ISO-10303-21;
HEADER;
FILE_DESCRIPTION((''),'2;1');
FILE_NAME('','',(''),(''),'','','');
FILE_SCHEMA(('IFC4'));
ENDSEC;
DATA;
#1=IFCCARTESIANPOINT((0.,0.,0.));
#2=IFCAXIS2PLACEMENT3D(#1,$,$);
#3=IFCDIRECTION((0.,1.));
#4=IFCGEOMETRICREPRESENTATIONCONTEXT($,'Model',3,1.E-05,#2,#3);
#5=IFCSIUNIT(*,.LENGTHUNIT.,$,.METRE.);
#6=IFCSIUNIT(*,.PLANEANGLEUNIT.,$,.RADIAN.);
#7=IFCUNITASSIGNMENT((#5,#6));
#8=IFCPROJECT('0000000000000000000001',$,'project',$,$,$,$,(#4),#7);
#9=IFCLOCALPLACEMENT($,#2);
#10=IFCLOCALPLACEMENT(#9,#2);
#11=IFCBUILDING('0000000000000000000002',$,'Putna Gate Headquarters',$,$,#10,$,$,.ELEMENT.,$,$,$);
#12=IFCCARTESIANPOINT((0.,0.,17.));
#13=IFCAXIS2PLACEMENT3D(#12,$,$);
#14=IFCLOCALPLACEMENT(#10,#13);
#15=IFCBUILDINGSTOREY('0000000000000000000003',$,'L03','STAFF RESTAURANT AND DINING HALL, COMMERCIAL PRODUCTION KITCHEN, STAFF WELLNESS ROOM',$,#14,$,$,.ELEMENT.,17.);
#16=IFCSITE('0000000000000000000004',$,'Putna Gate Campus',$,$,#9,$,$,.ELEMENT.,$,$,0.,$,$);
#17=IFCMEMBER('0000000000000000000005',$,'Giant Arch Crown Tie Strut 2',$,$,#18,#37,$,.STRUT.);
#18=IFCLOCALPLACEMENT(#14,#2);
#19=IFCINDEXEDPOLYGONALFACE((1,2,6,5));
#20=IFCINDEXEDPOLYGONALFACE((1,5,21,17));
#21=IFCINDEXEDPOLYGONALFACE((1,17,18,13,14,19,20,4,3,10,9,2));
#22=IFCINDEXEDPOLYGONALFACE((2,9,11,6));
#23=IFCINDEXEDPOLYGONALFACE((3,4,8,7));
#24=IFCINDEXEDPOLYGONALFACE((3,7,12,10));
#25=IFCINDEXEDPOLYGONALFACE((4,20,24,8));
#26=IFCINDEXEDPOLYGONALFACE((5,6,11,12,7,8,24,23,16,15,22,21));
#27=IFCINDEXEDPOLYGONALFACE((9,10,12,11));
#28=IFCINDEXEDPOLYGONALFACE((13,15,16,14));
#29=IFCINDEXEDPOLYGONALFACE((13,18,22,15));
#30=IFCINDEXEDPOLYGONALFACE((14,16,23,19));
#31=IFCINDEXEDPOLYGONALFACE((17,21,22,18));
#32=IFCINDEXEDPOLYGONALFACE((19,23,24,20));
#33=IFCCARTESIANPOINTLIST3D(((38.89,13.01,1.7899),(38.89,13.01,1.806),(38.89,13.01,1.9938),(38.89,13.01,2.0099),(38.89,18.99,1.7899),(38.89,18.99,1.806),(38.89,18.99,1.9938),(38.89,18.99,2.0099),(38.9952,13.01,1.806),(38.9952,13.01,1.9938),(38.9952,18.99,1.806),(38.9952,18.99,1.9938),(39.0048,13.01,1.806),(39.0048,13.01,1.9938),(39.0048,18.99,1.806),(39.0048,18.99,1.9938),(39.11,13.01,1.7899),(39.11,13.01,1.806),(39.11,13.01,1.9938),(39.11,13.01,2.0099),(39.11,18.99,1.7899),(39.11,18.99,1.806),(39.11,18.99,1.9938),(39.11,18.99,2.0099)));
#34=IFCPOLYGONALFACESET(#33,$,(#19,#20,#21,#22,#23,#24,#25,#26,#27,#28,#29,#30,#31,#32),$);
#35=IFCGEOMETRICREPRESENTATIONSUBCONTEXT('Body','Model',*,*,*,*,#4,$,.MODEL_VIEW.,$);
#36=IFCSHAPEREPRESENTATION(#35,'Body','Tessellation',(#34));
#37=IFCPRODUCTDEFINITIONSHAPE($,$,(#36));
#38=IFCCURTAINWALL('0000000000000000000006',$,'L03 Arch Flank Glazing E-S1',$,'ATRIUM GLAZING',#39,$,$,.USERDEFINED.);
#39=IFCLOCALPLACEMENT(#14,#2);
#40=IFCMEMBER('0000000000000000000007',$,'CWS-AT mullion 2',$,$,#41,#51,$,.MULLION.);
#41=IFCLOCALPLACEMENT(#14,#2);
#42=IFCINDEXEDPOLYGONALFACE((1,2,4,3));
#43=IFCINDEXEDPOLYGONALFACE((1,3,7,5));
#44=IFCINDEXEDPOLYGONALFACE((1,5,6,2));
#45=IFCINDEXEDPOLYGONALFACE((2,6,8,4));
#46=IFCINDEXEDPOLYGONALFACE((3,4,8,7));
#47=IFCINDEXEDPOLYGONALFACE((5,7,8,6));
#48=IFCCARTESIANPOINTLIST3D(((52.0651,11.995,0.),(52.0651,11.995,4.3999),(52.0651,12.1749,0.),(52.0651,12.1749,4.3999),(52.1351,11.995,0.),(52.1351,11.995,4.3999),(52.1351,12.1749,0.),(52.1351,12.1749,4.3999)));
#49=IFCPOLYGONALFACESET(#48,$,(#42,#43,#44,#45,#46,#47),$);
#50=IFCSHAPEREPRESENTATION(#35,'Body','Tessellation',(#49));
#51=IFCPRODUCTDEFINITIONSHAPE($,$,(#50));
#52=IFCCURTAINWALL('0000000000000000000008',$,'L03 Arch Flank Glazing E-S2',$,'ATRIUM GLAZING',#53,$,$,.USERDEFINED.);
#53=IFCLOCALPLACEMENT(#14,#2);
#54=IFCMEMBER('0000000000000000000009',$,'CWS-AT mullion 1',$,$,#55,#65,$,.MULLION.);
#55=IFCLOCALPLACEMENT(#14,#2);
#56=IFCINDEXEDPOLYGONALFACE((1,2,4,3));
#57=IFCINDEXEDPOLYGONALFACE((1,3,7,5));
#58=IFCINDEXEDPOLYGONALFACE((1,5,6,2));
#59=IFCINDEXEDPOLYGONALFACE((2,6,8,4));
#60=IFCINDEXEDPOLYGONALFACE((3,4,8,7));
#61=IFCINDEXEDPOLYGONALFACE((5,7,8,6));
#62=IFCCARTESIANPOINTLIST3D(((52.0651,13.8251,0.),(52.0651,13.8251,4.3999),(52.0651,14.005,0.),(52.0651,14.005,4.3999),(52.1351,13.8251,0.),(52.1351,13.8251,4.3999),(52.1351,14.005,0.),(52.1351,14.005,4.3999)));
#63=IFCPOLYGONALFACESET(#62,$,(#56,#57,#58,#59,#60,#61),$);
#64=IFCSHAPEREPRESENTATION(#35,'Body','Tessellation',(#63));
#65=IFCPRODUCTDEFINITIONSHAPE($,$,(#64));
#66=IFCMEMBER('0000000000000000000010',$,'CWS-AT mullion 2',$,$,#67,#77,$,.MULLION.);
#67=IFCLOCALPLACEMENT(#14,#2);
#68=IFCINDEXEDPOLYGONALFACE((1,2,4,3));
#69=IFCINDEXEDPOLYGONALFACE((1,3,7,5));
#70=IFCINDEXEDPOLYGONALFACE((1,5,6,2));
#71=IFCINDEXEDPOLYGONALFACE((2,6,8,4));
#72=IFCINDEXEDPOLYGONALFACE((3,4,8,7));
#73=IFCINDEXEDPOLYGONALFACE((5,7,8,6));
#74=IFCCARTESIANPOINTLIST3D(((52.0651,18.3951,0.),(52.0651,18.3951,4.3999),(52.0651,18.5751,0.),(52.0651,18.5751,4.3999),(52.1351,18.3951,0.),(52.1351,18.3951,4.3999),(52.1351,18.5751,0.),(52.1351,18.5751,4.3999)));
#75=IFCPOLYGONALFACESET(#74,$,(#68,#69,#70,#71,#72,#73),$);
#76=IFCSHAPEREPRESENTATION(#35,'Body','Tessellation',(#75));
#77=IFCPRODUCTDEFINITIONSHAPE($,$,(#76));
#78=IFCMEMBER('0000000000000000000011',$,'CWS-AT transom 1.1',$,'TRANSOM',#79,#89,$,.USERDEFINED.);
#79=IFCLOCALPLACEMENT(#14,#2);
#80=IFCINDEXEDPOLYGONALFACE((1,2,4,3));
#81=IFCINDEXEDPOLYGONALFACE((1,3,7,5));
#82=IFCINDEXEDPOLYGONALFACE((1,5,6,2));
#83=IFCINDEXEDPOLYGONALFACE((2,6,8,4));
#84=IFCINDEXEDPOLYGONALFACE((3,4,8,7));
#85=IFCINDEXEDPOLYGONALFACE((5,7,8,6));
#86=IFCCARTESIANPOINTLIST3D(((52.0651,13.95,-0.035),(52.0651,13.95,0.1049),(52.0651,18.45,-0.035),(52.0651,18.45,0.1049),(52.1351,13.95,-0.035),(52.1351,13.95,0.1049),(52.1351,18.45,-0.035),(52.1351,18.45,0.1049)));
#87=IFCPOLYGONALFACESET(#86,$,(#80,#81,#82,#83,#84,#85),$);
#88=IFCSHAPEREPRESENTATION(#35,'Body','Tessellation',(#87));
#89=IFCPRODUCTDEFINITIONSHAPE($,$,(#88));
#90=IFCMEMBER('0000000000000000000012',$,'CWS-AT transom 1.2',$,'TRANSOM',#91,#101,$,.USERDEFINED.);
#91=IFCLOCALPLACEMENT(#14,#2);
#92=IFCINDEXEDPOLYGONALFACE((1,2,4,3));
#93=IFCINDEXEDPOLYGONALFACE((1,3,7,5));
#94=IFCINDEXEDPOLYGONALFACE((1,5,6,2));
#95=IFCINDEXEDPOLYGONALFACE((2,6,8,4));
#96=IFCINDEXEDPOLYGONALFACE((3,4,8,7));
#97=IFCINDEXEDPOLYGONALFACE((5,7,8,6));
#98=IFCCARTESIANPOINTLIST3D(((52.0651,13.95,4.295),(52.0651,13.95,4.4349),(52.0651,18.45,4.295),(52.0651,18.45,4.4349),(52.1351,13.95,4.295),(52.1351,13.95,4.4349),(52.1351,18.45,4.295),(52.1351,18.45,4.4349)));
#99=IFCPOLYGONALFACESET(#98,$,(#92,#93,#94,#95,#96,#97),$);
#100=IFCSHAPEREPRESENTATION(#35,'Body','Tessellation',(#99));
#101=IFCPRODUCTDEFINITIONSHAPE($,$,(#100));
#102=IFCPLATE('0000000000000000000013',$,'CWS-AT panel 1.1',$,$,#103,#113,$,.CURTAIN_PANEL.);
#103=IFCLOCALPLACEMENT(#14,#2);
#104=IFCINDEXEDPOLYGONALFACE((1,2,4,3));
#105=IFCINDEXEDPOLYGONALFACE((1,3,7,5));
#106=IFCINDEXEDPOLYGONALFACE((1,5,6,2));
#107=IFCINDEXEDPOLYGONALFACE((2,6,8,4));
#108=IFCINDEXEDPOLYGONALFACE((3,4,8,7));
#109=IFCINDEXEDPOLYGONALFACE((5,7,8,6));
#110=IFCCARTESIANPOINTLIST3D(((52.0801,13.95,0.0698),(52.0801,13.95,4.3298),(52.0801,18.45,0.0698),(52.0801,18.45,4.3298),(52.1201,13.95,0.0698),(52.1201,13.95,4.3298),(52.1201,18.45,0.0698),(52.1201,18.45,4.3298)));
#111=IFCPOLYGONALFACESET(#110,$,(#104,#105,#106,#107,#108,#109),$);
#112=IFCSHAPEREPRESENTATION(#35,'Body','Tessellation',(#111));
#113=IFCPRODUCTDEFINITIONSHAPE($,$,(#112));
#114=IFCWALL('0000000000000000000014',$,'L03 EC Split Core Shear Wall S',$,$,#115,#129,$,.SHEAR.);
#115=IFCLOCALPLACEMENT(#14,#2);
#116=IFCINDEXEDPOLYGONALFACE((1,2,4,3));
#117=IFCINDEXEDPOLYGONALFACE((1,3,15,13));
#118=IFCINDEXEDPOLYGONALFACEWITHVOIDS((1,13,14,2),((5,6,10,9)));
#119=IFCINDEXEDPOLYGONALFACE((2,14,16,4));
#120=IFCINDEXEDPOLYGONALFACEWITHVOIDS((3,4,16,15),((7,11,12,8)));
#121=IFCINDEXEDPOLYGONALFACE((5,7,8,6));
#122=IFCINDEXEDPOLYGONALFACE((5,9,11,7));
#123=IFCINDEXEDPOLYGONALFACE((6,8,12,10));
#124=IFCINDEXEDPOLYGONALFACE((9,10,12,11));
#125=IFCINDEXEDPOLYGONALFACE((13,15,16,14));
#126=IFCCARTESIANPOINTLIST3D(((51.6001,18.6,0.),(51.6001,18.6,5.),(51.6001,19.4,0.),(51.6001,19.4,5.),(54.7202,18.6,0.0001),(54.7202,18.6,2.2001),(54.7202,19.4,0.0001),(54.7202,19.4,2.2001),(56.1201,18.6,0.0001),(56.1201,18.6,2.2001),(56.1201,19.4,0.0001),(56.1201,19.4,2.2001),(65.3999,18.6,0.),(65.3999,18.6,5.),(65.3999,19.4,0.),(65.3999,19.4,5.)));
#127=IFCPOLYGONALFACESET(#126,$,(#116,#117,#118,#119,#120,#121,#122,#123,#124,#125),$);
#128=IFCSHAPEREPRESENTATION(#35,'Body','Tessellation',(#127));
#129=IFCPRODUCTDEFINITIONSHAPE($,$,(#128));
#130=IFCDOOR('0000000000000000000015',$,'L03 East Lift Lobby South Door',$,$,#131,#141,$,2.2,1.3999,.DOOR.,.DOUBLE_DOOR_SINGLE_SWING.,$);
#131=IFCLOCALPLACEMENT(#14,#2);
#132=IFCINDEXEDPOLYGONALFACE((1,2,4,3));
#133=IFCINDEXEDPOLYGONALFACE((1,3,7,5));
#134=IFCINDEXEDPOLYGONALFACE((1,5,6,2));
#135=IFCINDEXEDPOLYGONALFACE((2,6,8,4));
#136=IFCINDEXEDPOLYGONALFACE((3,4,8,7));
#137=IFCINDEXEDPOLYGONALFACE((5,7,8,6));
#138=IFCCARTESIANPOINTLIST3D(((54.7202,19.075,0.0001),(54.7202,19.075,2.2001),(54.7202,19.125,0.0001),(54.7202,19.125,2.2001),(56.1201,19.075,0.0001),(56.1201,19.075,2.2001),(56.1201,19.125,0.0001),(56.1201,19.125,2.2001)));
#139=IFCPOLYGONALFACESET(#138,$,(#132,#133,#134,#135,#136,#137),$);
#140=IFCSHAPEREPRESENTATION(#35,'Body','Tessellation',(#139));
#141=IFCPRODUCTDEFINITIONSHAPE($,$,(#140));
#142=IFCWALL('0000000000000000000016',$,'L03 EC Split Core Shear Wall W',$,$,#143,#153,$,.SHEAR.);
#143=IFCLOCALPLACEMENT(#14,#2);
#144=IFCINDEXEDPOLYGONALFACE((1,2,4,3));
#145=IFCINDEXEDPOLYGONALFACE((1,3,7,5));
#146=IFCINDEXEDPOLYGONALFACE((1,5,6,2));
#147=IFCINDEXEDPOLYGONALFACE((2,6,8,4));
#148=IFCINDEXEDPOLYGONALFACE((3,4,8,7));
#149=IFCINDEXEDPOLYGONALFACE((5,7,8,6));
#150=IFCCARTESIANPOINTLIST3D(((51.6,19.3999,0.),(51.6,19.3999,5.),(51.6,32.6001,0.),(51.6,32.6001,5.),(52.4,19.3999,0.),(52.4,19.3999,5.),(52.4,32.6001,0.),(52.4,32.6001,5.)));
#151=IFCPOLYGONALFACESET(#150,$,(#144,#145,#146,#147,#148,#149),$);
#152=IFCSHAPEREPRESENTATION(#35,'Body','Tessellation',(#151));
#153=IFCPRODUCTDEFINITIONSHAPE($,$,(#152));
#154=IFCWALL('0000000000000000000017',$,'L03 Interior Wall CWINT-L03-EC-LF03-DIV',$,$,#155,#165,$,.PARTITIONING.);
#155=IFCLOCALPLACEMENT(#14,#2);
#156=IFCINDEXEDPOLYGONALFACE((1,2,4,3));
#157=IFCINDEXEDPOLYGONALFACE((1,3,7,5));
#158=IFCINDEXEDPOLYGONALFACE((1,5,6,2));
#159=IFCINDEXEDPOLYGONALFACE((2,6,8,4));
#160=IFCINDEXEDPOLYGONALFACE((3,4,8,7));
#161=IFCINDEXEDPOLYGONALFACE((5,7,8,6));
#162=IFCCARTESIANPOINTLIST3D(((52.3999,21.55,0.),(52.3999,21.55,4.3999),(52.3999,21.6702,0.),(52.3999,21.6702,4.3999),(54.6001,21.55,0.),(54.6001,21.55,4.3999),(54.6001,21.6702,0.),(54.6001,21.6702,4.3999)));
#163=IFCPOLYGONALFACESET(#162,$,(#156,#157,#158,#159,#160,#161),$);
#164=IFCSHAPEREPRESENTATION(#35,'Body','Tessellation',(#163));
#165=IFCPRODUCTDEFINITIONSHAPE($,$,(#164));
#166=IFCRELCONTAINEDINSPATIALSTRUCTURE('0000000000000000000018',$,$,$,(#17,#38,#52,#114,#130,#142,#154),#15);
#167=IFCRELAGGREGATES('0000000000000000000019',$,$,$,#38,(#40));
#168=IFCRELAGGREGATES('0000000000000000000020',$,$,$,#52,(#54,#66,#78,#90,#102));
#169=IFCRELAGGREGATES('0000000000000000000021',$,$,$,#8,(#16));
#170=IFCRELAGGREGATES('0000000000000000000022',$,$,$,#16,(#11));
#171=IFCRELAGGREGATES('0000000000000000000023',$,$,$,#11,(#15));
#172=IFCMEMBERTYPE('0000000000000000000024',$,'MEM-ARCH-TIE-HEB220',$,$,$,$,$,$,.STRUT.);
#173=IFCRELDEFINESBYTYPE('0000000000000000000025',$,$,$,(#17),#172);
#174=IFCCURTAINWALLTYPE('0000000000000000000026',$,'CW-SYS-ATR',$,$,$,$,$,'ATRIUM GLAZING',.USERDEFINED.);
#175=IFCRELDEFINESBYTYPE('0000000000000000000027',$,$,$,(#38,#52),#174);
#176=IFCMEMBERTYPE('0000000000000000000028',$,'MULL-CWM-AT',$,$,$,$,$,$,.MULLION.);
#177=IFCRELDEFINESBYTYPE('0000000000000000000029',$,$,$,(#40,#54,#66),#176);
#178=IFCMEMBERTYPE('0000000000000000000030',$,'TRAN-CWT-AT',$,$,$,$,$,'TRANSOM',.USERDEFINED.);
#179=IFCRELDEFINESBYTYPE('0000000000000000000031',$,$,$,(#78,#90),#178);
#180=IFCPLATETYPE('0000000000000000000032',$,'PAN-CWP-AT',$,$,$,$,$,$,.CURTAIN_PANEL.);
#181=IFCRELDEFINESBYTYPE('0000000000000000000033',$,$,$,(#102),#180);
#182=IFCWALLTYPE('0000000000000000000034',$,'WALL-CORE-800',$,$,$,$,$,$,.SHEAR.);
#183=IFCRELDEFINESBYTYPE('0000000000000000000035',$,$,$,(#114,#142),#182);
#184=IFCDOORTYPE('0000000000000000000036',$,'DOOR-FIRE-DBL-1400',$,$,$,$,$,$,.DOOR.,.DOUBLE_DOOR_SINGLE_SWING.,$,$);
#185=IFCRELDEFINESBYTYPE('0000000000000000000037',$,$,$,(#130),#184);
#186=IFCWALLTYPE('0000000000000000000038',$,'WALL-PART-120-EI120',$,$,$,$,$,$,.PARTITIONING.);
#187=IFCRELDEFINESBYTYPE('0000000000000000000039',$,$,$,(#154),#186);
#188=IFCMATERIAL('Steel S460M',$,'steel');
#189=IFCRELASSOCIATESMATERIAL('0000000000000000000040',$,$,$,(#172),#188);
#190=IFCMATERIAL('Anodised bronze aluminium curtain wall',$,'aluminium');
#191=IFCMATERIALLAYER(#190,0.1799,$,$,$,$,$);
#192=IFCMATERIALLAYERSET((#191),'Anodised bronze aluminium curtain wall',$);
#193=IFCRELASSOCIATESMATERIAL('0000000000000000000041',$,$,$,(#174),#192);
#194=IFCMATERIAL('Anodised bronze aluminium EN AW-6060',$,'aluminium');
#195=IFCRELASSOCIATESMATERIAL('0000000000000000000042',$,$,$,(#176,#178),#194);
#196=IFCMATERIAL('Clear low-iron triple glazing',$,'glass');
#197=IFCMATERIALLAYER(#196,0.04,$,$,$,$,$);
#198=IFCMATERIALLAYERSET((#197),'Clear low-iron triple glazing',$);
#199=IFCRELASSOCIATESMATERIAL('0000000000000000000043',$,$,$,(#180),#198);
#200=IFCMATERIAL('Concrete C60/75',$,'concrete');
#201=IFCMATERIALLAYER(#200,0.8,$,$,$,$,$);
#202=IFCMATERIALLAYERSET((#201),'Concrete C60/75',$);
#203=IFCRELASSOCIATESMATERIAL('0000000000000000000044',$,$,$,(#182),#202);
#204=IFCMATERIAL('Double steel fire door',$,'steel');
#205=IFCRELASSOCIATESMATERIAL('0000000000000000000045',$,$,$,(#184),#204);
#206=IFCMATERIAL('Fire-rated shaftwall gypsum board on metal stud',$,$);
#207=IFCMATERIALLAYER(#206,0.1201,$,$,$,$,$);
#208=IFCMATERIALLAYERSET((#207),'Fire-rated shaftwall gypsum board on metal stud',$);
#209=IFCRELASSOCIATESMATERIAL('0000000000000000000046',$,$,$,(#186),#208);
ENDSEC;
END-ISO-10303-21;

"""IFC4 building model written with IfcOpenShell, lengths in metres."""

from ifc_helpers import new_model, si_unit, direction, frame, frame_2d, origin, origin_2d, place, context, subcontext, project, spatial, rectangle, i_section, extrude, material, layer, layer_set, material_profile, profile_set, type_object, element, fill, aggregate, save


model = new_model("IFC4")

# Units and contexts
model_context = context("Model", 3, precision=1e-05, world=origin(), true_north=direction((0.0, 1.0)))
body_context = subcontext(model_context, "Body", "Model", "MODEL_VIEW")
ifc_project = project(units=[si_unit("LENGTHUNIT", "METRE"), si_unit("PLANEANGLEUNIT", "RADIAN")], contexts=[model_context])

# Site, building, storey
site_placement = place(None, origin())
site = spatial("IfcSite", under=ifc_project, at=site_placement, Name="Putna Gate Campus", CompositionType="ELEMENT", RefElevation=0.0)
building_placement = place(site_placement, origin())
building = spatial("IfcBuilding", under=site, at=building_placement, Name="Putna Gate Headquarters", CompositionType="ELEMENT")
storey_placement = place(building_placement, frame((0.0, 0.0, 17.0)))
storey = spatial("IfcBuildingStorey", under=building, at=storey_placement, Name="L03", Description="STAFF RESTAURANT AND DINING HALL, COMMERCIAL PRODUCTION KITCHEN, STAFF WELLNESS ROOM", CompositionType="ELEMENT", Elevation=17.0)

# Shared definitions
ifc_material_1 = material(Name="Concrete C60/75", Category="concrete")

# Member
ifc_material_2 = material(Name="Steel S460M", Category="steel")
ifc_material_profile_1 = material_profile(ifc_material_2, i_section(OverallWidth=0.22, OverallDepth=0.22, WebThickness=0.0095, FlangeThickness=0.0161, at=origin_2d()), Name="Steel S460M")
ifc_profile_set_1 = profile_set([ifc_material_profile_1], Name="Steel S460M")
member_type_1 = type_object("IfcMemberType", Name="MEM-ARCH-TIE-HEB220", PredefinedType="STRUT", material=ifc_profile_set_1)
member_1_placement = place(storey_placement, frame((39.0, 13.01, 1.8999), z_axis=(0.0, 1.0, 0.0), x_axis=(-1.0, 0.0, 0.0)))
element("IfcMember", 1, at=member_1_placement, inside=storey, type_object=member_type_1, Name="Giant Arch Crown Tie Strut 2", PredefinedType="STRUT", context=body_context, shape_type="SweptSolid", body=[
    extrude(i_section(OverallWidth=0.22, OverallDepth=0.22, WebThickness=0.0095, FlangeThickness=0.0161, at=origin_2d()), origin(), (0.0, 0.0, 1.0), 5.98),
])

# Curtain wall, member
ifc_material_3 = material(Name="Anodised bronze aluminium curtain wall", Category="aluminium")
ifc_layer_1 = layer(ifc_material_3, 0.1799)
ifc_layer_set_1 = layer_set([ifc_layer_1], Name="Anodised bronze aluminium curtain wall")
curtain_wall_type = type_object("IfcCurtainWallType", Name="CW-SYS-ATR", ElementType="ATRIUM GLAZING", PredefinedType="USERDEFINED", material=ifc_layer_set_1)
curtain_wall_1_placement = place(storey_placement, origin())
curtain_wall_1 = element("IfcCurtainWall", 2, at=curtain_wall_1_placement, inside=storey, type_object=curtain_wall_type, Name="L03 Arch Flank Glazing E-S1", ObjectType="ATRIUM GLAZING", PredefinedType="USERDEFINED")
ifc_material_4 = material(Name="Anodised bronze aluminium EN AW-6060", Category="aluminium")
ifc_material_profile_2 = material_profile(ifc_material_4, rectangle(XDim=0.0701, YDim=0.1799, at=origin_2d()), Name="Anodised bronze aluminium EN AW-6060")
ifc_profile_set_2 = profile_set([ifc_material_profile_2], Name="Anodised bronze aluminium EN AW-6060")
member_type_2 = type_object("IfcMemberType", Name="MULL-CWM-AT", PredefinedType="MULLION", material=ifc_profile_set_2)
member_2_placement = place(storey_placement, frame((52.1001, 12.085, 0.0), z_axis=(0.0, 0.0, 1.0), x_axis=(-1.0, 0.0, 0.0)))
member_2 = element("IfcMember", 3, at=member_2_placement, type_object=member_type_2, Name="CWS-AT mullion 2", PredefinedType="MULLION", context=body_context, shape_type="SweptSolid", body=[
    extrude(rectangle(XDim=0.0701, YDim=0.1799, at=origin_2d()), origin(), (0.0, 0.0, 1.0), 4.3999),
])
aggregate(curtain_wall_1, [member_2])

# Curtain wall, members, plate
curtain_wall_2_placement = place(storey_placement, origin())
curtain_wall_2 = element("IfcCurtainWall", 4, at=curtain_wall_2_placement, inside=storey, type_object=curtain_wall_type, Name="L03 Arch Flank Glazing E-S2", ObjectType="ATRIUM GLAZING", PredefinedType="USERDEFINED")
member_3_placement = place(storey_placement, frame((52.1001, 13.915, 0.0), z_axis=(0.0, 0.0, 1.0), x_axis=(-1.0, 0.0, 0.0)))
member_3 = element("IfcMember", 5, at=member_3_placement, type_object=member_type_2, Name="CWS-AT mullion 1", PredefinedType="MULLION", context=body_context, shape_type="SweptSolid", body=[
    extrude(rectangle(XDim=0.0701, YDim=0.1799, at=origin_2d()), origin(), (0.0, 0.0, 1.0), 4.3999),
])
member_4_placement = place(storey_placement, frame((52.1001, 18.4851, 0.0), z_axis=(0.0, 0.0, 1.0), x_axis=(-1.0, 0.0, 0.0)))
member_4 = element("IfcMember", 6, at=member_4_placement, type_object=member_type_2, Name="CWS-AT mullion 2", PredefinedType="MULLION", context=body_context, shape_type="SweptSolid", body=[
    extrude(rectangle(XDim=0.0701, YDim=0.1799, at=origin_2d()), origin(), (0.0, 0.0, 1.0), 4.3999),
])
ifc_material_profile_3 = material_profile(ifc_material_4, rectangle(XDim=0.0701, YDim=0.1399, at=origin_2d()), Name="Anodised bronze aluminium EN AW-6060")
ifc_profile_set_3 = profile_set([ifc_material_profile_3], Name="Anodised bronze aluminium EN AW-6060")
member_type_3 = type_object("IfcMemberType", Name="TRAN-CWT-AT", ElementType="TRANSOM", PredefinedType="USERDEFINED", material=ifc_profile_set_3)
member_5_placement = place(storey_placement, frame((52.1001, 13.95, 0.0349), z_axis=(0.0, 1.0, 0.0), x_axis=(-1.0, 0.0, 0.0)))
member_5 = element("IfcMember", 7, at=member_5_placement, type_object=member_type_3, Name="CWS-AT transom 1.1", ObjectType="TRANSOM", PredefinedType="USERDEFINED", context=body_context, shape_type="SweptSolid", body=[
    extrude(rectangle(XDim=0.0701, YDim=0.1399, at=origin_2d()), origin(), (0.0, 0.0, 1.0), 4.5),
])
member_6_placement = place(storey_placement, frame((52.1001, 13.95, 4.365), z_axis=(0.0, 1.0, 0.0), x_axis=(-1.0, 0.0, 0.0)))
member_6 = element("IfcMember", 8, at=member_6_placement, type_object=member_type_3, Name="CWS-AT transom 1.2", ObjectType="TRANSOM", PredefinedType="USERDEFINED", context=body_context, shape_type="SweptSolid", body=[
    extrude(rectangle(XDim=0.0701, YDim=0.1399, at=origin_2d()), origin(), (0.0, 0.0, 1.0), 4.5),
])
ifc_material_5 = material(Name="Clear low-iron triple glazing", Category="glass")
ifc_layer_2 = layer(ifc_material_5, 0.04)
ifc_layer_set_2 = layer_set([ifc_layer_2], Name="Clear low-iron triple glazing")
plate_type = type_object("IfcPlateType", Name="PAN-CWP-AT", PredefinedType="CURTAIN_PANEL", material=ifc_layer_set_2)
plate_placement = place(storey_placement, frame((52.1001, 16.2, 0.0698), z_axis=(0.0, 0.0, 1.0), x_axis=(0.0, 1.0, 0.0)))
plate = element("IfcPlate", 9, at=plate_placement, type_object=plate_type, Name="CWS-AT panel 1.1", PredefinedType="CURTAIN_PANEL", context=body_context, shape_type="SweptSolid", body=[
    extrude(rectangle(XDim=4.5, YDim=0.04, at=origin_2d()), origin(), (0.0, 0.0, 1.0), 4.26),
])
aggregate(curtain_wall_2, [member_3, member_4, member_5, member_6, plate])

# Wall, opening, door
ifc_layer_3 = layer(ifc_material_1, 0.8)
ifc_layer_set_3 = layer_set([ifc_layer_3], Name="Concrete C60/75")
wall_type_1 = type_object("IfcWallType", Name="WALL-CORE-800", PredefinedType="SHEAR", material=ifc_layer_set_3)
wall_1_placement = place(storey_placement, frame((51.6001, 19.0, 0.0), z_axis=(0.0, 0.0, 1.0), x_axis=(1.0, 0.0, 0.0)))
wall_1 = element("IfcWall", 10, at=wall_1_placement, inside=storey, type_object=wall_type_1, Name="L03 EC Split Core Shear Wall S", PredefinedType="SHEAR", context=body_context, shape_type="SweptSolid", body=[
    extrude(rectangle(XDim=13.7998, YDim=0.8, at=frame_2d((6.8999, 0.0))), origin(), (0.0, 0.0, 1.0), 5.0),
])
opening_1_placement = place(wall_1_placement, frame((3.1201, 0.0, 0.0)))
opening_1 = element("IfcOpeningElement", 11, at=opening_1_placement, cuts=wall_1, PredefinedType="OPENING", context=body_context, shape_type="SweptSolid", body=[
    extrude(rectangle(XDim=1.3999, YDim=2.2, at=frame_2d((0.7, 1.1001))), frame((0.0, 0.4099, 0.0), z_axis=(0.0, -1.0, 0.0), x_axis=(1.0, 0.0, 0.0)), (0.0, 0.0, 1.0), 0.8201),
])
ifc_material_6 = material(Name="Double steel fire door", Category="steel")
door_type_1 = type_object("IfcDoorType", Name="DOOR-FIRE-DBL-1400", OperationType="DOUBLE_DOOR_SINGLE_SWING", PredefinedType="DOOR", material=ifc_material_6)
door_1_placement = place(opening_1_placement, origin())
door_1 = element("IfcDoor", 12, at=door_1_placement, inside=storey, type_object=door_type_1, Name="L03 East Lift Lobby South Door", OperationType="DOUBLE_DOOR_SINGLE_SWING", OverallHeight=2.2, OverallWidth=1.3999, PredefinedType="DOOR", context=body_context, shape_type="SweptSolid", body=[
    extrude(rectangle(XDim=1.3999, YDim=2.2, at=frame_2d((0.7, 1.1001))), frame((0.0, 0.125, 0.0), z_axis=(0.0, -1.0, 0.0), x_axis=(1.0, 0.0, 0.0)), (0.0, 0.0, 1.0), 0.05),
])
fill(opening_1, door_1)

# Walls
wall_2_placement = place(storey_placement, frame((52.0, 19.3999, 0.0), z_axis=(0.0, 0.0, 1.0), x_axis=(0.0, 1.0, 0.0)))
element("IfcWall", 13, at=wall_2_placement, inside=storey, type_object=wall_type_1, Name="L03 EC Split Core Shear Wall W", PredefinedType="SHEAR", context=body_context, shape_type="SweptSolid", body=[
    extrude(rectangle(XDim=13.2002, YDim=0.8, at=frame_2d((6.6001, 0.0))), origin(), (0.0, 0.0, 1.0), 5.0),
])
ifc_material_7 = material(Name="Fire-rated shaftwall gypsum board on metal stud")
ifc_layer_4 = layer(ifc_material_7, 0.1201)
ifc_layer_set_4 = layer_set([ifc_layer_4], Name="Fire-rated shaftwall gypsum board on metal stud")
wall_type_2 = type_object("IfcWallType", Name="WALL-PART-120-EI120", PredefinedType="PARTITIONING", material=ifc_layer_set_4)
wall_3_placement = place(storey_placement, frame((52.3999, 21.6101, 0.0), z_axis=(0.0, 0.0, 1.0), x_axis=(1.0, 0.0, 0.0)))
element("IfcWall", 14, at=wall_3_placement, inside=storey, type_object=wall_type_2, Name="L03 Interior Wall CWINT-L03-EC-LF03-DIV", PredefinedType="PARTITIONING", context=body_context, shape_type="SweptSolid", body=[
    extrude(rectangle(XDim=2.2002, YDim=0.1201, at=frame_2d((1.1001, 0.0))), origin(), (0.0, 0.0, 1.0), 4.3999),
])

save(model, "model.ifc")
